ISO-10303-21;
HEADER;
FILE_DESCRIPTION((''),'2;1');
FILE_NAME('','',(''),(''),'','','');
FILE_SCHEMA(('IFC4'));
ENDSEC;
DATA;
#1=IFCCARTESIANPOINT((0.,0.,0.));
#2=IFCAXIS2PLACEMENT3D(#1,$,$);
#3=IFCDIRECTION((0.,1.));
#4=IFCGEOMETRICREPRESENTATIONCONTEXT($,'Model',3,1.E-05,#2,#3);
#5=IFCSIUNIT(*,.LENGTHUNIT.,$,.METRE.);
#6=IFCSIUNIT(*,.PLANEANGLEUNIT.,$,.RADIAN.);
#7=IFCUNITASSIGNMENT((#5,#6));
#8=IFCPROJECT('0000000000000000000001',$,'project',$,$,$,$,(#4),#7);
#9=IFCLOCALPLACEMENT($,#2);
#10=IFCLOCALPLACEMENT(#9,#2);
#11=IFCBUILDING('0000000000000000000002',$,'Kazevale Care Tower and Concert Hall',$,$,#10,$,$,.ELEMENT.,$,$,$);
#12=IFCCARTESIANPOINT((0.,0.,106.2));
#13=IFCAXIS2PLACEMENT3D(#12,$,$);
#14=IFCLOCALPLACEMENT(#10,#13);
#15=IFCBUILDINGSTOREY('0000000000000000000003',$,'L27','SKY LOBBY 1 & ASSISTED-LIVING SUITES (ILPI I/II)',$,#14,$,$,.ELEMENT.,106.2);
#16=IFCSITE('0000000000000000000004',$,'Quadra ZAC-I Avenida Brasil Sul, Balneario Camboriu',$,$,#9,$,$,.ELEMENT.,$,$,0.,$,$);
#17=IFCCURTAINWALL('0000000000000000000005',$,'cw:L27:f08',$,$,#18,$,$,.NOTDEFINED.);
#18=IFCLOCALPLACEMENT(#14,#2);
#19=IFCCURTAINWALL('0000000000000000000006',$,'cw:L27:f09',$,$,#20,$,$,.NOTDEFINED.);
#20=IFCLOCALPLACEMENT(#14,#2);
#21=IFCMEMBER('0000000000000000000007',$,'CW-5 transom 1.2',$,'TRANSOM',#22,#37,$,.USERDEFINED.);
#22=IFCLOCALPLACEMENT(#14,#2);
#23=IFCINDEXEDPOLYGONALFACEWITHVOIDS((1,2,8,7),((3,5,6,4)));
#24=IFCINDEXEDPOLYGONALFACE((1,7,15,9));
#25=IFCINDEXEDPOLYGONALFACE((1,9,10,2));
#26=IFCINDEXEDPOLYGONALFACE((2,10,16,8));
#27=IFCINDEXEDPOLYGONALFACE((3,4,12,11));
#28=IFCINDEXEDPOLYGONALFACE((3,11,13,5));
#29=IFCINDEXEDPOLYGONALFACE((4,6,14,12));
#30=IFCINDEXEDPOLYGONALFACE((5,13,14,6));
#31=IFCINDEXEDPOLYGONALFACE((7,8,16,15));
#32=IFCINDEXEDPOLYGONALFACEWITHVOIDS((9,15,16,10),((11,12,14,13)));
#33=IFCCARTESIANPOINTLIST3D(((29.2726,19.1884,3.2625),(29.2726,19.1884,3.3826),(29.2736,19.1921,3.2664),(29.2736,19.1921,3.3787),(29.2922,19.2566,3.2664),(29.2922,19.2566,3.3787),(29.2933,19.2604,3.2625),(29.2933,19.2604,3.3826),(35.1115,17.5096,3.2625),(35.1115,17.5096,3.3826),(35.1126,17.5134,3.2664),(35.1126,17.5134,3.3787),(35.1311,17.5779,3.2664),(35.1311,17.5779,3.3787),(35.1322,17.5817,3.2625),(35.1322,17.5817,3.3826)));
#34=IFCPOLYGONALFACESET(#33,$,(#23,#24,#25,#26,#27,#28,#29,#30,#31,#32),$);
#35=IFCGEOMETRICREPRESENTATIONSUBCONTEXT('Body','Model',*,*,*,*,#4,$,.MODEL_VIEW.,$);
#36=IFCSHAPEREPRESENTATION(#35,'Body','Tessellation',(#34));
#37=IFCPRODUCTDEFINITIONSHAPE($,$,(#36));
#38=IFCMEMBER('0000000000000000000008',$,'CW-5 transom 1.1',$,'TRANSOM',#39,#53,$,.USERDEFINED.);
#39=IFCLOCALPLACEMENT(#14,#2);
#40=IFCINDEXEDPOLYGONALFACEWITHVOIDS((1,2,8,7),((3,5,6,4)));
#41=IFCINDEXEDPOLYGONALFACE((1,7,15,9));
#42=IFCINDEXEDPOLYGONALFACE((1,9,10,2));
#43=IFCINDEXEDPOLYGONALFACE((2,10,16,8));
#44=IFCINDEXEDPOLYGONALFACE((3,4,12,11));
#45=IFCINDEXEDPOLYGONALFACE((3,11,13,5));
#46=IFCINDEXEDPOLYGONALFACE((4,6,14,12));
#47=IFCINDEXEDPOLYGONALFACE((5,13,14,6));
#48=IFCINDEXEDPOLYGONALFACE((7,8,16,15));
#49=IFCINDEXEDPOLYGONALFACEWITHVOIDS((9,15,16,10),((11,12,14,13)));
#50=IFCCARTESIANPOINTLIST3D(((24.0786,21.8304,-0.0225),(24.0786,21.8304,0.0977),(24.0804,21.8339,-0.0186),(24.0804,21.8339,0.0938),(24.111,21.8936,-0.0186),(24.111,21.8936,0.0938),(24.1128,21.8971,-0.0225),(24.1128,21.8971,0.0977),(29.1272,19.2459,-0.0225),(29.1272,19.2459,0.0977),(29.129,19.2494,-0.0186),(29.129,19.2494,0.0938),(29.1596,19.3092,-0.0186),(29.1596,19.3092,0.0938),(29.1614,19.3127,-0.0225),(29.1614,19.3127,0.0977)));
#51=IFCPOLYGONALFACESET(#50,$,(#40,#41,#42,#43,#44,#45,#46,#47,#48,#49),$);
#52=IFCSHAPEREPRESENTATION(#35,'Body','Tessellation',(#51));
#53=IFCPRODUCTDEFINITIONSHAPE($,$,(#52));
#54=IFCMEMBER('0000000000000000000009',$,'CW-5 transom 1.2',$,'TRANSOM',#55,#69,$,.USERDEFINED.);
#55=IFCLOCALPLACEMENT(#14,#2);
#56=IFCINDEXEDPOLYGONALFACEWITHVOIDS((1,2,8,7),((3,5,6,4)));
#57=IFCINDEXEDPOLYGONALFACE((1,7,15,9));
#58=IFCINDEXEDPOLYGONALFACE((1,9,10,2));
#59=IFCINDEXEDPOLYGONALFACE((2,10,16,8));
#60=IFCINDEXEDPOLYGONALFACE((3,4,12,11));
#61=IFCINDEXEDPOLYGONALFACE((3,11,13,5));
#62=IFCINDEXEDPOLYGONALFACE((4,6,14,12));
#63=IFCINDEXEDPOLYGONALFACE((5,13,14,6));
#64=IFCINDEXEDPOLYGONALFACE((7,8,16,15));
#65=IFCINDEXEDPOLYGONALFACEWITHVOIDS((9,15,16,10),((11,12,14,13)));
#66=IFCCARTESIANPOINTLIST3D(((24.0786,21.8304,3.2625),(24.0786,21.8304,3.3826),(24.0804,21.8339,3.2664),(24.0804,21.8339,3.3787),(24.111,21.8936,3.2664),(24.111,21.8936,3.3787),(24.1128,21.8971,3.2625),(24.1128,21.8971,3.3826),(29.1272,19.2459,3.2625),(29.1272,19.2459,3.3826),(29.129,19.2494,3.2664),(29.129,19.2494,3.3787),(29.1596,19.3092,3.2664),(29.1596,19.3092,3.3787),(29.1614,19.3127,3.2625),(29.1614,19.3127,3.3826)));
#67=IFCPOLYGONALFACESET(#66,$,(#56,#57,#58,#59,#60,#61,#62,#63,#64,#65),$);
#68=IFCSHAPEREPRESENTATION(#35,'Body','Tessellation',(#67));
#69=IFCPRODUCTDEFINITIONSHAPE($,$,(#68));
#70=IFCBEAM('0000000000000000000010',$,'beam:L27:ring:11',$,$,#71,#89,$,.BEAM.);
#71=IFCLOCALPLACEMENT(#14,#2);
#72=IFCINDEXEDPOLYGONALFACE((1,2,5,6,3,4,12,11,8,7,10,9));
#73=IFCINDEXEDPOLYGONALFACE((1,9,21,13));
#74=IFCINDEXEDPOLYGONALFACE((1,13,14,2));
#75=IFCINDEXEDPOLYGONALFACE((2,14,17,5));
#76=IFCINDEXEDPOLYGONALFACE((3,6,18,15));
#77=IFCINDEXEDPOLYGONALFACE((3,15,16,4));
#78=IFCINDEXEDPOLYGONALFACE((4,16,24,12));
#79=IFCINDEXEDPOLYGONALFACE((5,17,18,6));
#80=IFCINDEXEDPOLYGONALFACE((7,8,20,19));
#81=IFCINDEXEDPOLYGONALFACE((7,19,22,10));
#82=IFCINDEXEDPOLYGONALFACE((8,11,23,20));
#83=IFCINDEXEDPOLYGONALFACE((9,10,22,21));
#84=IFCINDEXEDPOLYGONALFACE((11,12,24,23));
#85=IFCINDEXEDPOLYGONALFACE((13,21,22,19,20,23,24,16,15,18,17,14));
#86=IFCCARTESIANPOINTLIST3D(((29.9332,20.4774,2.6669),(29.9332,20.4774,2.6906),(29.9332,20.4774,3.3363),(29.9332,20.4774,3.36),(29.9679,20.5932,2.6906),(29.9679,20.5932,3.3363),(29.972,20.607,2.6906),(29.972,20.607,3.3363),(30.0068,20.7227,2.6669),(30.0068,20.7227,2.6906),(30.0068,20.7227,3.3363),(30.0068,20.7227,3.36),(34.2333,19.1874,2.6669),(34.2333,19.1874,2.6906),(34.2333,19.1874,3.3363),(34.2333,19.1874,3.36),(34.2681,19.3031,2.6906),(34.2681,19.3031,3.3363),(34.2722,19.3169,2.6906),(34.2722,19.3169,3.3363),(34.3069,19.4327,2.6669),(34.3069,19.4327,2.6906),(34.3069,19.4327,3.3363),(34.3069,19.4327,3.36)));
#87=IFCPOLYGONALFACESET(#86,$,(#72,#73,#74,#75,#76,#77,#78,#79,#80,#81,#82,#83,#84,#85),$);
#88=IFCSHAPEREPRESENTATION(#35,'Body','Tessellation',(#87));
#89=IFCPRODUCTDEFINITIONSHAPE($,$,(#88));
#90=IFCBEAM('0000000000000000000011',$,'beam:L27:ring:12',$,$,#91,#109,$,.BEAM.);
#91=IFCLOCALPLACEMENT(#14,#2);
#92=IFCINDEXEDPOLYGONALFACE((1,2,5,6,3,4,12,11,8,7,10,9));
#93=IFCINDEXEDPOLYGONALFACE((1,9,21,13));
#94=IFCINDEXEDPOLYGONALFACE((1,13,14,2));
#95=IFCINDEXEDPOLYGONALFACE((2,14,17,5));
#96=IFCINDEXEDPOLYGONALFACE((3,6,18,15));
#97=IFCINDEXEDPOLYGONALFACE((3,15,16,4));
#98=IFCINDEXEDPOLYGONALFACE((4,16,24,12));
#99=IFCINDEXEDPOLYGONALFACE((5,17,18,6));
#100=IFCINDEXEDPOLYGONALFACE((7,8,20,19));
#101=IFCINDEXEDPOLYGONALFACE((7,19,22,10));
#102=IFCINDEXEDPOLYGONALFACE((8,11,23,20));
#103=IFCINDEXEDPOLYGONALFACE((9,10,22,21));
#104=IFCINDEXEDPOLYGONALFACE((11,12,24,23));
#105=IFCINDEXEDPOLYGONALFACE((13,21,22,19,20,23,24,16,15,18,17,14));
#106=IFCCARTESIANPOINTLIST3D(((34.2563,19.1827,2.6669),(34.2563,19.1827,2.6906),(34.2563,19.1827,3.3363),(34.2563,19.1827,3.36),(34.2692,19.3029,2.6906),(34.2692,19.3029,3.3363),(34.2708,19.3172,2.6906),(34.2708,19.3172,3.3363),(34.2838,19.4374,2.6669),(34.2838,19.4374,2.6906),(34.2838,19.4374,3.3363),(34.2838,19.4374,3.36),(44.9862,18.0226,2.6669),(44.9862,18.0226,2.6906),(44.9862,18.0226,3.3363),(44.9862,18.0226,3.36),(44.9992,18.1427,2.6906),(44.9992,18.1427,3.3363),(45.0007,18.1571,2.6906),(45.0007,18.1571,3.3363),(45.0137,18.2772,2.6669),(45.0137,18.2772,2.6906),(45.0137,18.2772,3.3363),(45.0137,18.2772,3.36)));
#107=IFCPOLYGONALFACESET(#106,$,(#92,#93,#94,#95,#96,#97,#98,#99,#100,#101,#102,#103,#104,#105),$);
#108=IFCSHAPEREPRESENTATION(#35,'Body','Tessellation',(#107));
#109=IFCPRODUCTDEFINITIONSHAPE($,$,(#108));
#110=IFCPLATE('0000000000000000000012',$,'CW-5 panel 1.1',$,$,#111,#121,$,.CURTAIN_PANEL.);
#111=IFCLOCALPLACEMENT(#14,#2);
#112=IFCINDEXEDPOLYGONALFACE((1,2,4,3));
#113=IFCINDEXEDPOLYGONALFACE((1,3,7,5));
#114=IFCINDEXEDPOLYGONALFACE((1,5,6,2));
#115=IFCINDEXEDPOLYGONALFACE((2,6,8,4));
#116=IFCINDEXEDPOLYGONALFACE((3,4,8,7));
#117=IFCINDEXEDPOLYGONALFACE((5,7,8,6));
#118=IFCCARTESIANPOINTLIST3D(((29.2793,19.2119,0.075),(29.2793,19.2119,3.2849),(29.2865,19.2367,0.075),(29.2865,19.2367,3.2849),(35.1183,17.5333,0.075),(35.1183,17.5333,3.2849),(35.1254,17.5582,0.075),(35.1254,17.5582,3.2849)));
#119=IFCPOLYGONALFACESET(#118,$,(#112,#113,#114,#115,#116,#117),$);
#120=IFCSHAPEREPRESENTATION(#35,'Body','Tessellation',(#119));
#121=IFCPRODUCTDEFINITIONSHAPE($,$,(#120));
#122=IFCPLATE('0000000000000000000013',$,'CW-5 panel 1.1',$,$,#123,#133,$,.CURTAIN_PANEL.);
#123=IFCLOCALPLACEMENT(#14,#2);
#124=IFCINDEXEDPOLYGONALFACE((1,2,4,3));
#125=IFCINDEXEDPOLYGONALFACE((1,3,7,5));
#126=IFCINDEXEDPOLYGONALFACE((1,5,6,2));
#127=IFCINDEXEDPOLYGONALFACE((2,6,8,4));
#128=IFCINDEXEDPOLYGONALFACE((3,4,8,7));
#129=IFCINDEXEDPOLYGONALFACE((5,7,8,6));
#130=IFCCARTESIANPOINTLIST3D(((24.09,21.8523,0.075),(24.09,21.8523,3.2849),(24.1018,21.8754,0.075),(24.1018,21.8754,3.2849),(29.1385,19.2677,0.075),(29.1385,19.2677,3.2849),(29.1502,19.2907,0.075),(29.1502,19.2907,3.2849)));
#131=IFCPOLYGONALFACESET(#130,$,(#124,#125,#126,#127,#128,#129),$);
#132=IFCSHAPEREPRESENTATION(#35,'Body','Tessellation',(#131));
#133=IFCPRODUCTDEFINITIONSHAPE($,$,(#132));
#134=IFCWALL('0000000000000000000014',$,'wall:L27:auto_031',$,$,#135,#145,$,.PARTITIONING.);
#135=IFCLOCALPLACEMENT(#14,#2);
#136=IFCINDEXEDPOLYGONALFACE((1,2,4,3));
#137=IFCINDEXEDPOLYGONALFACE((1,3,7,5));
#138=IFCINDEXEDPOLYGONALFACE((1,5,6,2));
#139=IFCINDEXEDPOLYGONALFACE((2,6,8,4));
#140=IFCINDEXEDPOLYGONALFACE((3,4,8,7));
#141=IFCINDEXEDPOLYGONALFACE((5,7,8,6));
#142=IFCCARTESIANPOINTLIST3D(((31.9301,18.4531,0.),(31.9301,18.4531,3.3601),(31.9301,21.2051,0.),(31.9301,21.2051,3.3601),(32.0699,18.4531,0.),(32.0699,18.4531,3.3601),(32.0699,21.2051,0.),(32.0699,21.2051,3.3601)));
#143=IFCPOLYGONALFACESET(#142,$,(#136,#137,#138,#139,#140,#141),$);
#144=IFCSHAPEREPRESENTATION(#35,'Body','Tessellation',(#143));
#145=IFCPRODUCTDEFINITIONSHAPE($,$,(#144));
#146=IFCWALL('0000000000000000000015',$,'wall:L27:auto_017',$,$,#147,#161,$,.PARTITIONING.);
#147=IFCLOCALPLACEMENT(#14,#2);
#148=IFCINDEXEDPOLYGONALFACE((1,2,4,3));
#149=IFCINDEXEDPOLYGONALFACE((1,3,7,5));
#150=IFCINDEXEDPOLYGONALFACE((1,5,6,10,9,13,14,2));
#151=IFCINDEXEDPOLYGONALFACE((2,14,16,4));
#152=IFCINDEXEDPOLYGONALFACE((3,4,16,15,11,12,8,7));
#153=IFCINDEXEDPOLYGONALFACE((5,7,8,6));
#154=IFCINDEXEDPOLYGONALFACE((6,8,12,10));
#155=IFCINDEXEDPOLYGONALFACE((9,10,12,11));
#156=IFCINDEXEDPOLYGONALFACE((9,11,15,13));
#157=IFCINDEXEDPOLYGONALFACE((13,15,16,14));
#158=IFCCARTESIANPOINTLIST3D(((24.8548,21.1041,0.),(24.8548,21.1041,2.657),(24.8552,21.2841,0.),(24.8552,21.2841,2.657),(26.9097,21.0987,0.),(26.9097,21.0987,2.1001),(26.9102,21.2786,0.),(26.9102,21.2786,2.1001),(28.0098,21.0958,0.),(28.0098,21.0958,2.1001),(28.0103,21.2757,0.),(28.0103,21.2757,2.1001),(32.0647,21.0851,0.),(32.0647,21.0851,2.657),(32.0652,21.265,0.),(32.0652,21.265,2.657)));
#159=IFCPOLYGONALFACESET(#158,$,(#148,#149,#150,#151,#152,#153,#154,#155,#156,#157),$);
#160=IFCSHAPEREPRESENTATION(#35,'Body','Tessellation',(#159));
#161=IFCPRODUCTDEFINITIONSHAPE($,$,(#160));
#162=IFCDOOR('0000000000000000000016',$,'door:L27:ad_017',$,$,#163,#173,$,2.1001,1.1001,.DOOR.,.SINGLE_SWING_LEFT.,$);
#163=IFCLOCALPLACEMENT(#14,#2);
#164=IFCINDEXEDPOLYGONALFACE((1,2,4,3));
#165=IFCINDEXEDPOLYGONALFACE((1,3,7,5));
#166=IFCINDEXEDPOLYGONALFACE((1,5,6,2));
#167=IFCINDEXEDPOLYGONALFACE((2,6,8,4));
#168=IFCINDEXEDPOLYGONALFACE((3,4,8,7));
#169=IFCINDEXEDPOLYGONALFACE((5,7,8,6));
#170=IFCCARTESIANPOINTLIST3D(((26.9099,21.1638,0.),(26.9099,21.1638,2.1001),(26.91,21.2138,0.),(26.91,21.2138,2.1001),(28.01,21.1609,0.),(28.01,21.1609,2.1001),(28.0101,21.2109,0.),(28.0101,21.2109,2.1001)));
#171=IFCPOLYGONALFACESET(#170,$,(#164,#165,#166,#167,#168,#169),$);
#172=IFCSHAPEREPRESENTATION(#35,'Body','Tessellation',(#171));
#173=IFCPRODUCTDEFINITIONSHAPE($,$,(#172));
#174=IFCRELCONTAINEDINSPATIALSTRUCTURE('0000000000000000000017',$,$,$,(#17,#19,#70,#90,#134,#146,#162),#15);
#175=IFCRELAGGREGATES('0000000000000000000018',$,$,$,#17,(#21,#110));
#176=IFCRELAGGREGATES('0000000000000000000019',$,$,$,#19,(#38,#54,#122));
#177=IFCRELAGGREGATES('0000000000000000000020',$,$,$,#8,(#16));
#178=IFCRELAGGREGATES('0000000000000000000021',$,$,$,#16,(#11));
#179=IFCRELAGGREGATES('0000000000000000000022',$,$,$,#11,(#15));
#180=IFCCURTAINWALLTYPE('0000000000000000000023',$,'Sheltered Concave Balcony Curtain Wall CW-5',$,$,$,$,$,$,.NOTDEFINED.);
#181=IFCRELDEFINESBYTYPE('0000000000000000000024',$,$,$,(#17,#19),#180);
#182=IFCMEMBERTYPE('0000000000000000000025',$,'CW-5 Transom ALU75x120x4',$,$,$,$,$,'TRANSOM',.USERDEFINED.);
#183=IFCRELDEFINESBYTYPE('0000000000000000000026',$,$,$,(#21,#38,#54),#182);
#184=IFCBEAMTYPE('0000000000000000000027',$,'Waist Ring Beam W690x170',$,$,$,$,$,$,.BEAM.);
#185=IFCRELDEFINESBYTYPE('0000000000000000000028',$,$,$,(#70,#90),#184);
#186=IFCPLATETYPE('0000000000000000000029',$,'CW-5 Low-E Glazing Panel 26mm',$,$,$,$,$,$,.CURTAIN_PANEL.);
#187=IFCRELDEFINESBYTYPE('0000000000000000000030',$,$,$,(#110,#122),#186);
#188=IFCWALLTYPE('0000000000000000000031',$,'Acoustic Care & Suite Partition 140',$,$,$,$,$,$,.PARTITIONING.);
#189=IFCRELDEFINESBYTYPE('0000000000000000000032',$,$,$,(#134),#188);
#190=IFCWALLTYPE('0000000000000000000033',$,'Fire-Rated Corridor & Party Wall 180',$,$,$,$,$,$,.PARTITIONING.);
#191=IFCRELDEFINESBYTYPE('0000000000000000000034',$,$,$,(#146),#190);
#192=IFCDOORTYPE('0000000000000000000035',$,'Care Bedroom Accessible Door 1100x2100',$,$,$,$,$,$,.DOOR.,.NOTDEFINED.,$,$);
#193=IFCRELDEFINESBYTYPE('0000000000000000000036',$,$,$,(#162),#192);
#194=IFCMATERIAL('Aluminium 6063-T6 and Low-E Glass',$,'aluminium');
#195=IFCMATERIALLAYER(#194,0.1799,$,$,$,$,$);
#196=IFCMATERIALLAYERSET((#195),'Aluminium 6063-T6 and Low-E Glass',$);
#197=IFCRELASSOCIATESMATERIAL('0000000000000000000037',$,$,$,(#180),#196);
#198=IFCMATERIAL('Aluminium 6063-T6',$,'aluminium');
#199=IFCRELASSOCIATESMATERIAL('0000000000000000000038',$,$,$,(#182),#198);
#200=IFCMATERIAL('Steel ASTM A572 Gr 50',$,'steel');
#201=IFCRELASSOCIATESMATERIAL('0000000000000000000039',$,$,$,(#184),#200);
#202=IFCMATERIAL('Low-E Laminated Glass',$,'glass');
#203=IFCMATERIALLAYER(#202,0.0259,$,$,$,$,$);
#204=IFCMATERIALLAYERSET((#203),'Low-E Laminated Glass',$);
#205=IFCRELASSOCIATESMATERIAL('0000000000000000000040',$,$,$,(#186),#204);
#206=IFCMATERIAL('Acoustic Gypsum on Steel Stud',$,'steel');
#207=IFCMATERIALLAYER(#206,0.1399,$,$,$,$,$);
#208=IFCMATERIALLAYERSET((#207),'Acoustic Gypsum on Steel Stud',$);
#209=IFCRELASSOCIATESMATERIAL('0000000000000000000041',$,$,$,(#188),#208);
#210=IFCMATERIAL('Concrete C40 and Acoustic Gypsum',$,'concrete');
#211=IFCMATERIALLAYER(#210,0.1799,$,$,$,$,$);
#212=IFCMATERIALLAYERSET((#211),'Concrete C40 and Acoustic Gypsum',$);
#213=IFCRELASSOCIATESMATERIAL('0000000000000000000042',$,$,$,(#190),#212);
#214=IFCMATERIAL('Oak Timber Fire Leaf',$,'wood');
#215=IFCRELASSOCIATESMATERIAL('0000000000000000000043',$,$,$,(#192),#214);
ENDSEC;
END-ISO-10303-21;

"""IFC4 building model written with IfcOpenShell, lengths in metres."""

from ifc_helpers import new_model, si_unit, direction, frame, frame_2d, origin, origin_2d, place, context, subcontext, project, spatial, rectangle, hollow_rectangle, i_section, extrude, material, layer, layer_set, material_profile, profile_set, type_object, element, fill, aggregate, save


model = new_model("IFC4")

# Units and contexts
model_context = context("Model", 3, precision=1e-05, world=origin(), true_north=direction((0.0, 1.0)))
body_context = subcontext(model_context, "Body", "Model", "MODEL_VIEW")
ifc_project = project(units=[si_unit("LENGTHUNIT", "METRE"), si_unit("PLANEANGLEUNIT", "RADIAN")], contexts=[model_context])

# Site, building, storey
site_placement = place(None, origin())
site = spatial("IfcSite", under=ifc_project, at=site_placement, Name="Quadra ZAC-I Avenida Brasil Sul, Balneario Camboriu", CompositionType="ELEMENT", RefElevation=0.0)
building_placement = place(site_placement, origin())
building = spatial("IfcBuilding", under=site, at=building_placement, Name="Kazevale Care Tower and Concert Hall", CompositionType="ELEMENT")
storey_placement = place(building_placement, frame((0.0, 0.0, 106.2)))
storey = spatial("IfcBuildingStorey", under=building, at=storey_placement, Name="L27", Description="SKY LOBBY 1 & ASSISTED-LIVING SUITES (ILPI I/II)", CompositionType="ELEMENT", Elevation=106.2)

# Shared definitions
ifc_material_1 = material(Name="Aluminium 6063-T6 and Low-E Glass", Category="aluminium")
ifc_layer_1 = layer(ifc_material_1, 0.1799)
ifc_layer_set_1 = layer_set([ifc_layer_1], Name="Aluminium 6063-T6 and Low-E Glass")
curtain_wall_type = type_object("IfcCurtainWallType", Name="Sheltered Concave Balcony Curtain Wall CW-5", PredefinedType="NOTDEFINED", material=ifc_layer_set_1)
ifc_material_2 = material(Name="Aluminium 6063-T6", Category="aluminium")

# Curtain wall
curtain_wall_1_placement = place(storey_placement, origin())
curtain_wall_1 = element("IfcCurtainWall", 1, at=curtain_wall_1_placement, inside=storey, type_object=curtain_wall_type, Name="cw:L27:f08", PredefinedType="NOTDEFINED")

# Curtain wall
curtain_wall_2_placement = place(storey_placement, origin())
curtain_wall_2 = element("IfcCurtainWall", 2, at=curtain_wall_2_placement, inside=storey, type_object=curtain_wall_type, Name="cw:L27:f09", PredefinedType="NOTDEFINED")

# Members
ifc_material_profile_1 = material_profile(ifc_material_2, hollow_rectangle(XDim=0.075, YDim=0.1201, WallThickness=0.0039, at=origin_2d()), Name="ALU75x120x4")
ifc_profile_set_1 = profile_set([ifc_material_profile_1], Name="Aluminium 6063-T6")
member_type_1 = type_object("IfcMemberType", Name="CW-5 Transom ALU75x120x4", ElementType="TRANSOM", PredefinedType="USERDEFINED", material=ifc_profile_set_1)
member_1_placement = place(storey_placement, frame((35.1218, 17.5457, 3.3225), z_axis=(-0.961068, 0.276313, 0.0), x_axis=(-0.276313, -0.961068, 0.0)))
member_1 = element("IfcMember", 3, at=member_1_placement, type_object=member_type_1, Name="CW-5 transom 1.2", ObjectType="TRANSOM", PredefinedType="USERDEFINED", context=body_context, shape_type="SweptSolid", body=[
    extrude(hollow_rectangle(XDim=0.075, YDim=0.1201, WallThickness=0.0039, at=origin_2d()), origin(), (0.0, 0.0, 1.0), 6.0754),
])
member_2_placement = place(storey_placement, frame((29.1443, 19.2793, 0.0376), z_axis=(-0.890143, 0.455682, 0.0), x_axis=(-0.455682, -0.890143, 0.0)))
member_2 = element("IfcMember", 4, at=member_2_placement, type_object=member_type_1, Name="CW-5 transom 1.1", ObjectType="TRANSOM", PredefinedType="USERDEFINED", context=body_context, shape_type="SweptSolid", body=[
    extrude(hollow_rectangle(XDim=0.075, YDim=0.1201, WallThickness=0.0039, at=origin_2d()), origin(), (0.0, 0.0, 1.0), 5.6716),
])
member_3_placement = place(storey_placement, frame((29.1443, 19.2793, 3.3225), z_axis=(-0.890143, 0.455682, 0.0), x_axis=(-0.455682, -0.890143, 0.0)))
member_3 = element("IfcMember", 5, at=member_3_placement, type_object=member_type_1, Name="CW-5 transom 1.2", ObjectType="TRANSOM", PredefinedType="USERDEFINED", context=body_context, shape_type="SweptSolid", body=[
    extrude(hollow_rectangle(XDim=0.075, YDim=0.1201, WallThickness=0.0039, at=origin_2d()), origin(), (0.0, 0.0, 1.0), 5.6716),
])

# Beams
ifc_material_3 = material(Name="Steel ASTM A572 Gr 50", Category="steel")
ifc_material_profile_2 = material_profile(ifc_material_3, i_section(OverallWidth=0.2561, OverallDepth=0.6931, WebThickness=0.0144, FlangeThickness=0.0237, at=origin_2d()), Name="W690x170")
ifc_profile_set_2 = profile_set([ifc_material_profile_2], Name="Steel ASTM A572 Gr 50")
beam_type = type_object("IfcBeamType", Name="Waist Ring Beam W690x170", PredefinedType="BEAM", material=ifc_profile_set_2)
beam_1_placement = place(storey_placement, frame((29.97, 20.6001, 3.0134), z_axis=(0.957825, -0.287353, 0.0), x_axis=(0.287353, 0.957825, 0.0)))
element("IfcBeam", 6, at=beam_1_placement, inside=storey, type_object=beam_type, Name="beam:L27:ring:11", PredefinedType="BEAM", context=body_context, shape_type="SweptSolid", body=[
    extrude(i_section(OverallWidth=0.2561, OverallDepth=0.6931, WebThickness=0.0144, FlangeThickness=0.0237, at=origin_2d()), origin(), (0.0, 0.0, 1.0), 4.4895),
])
beam_2_placement = place(storey_placement, frame((34.27, 19.3101, 3.0134), z_axis=(0.994205, -0.107496, 0.0), x_axis=(0.107496, 0.994205, 0.0)))
element("IfcBeam", 7, at=beam_2_placement, inside=storey, type_object=beam_type, Name="beam:L27:ring:12", PredefinedType="BEAM", context=body_context, shape_type="SweptSolid", body=[
    extrude(i_section(OverallWidth=0.2561, OverallDepth=0.6931, WebThickness=0.0144, FlangeThickness=0.0237, at=origin_2d()), origin(), (0.0, 0.0, 1.0), 10.7925),
])

# Plates
ifc_material_4 = material(Name="Low-E Laminated Glass", Category="glass")
ifc_layer_2 = layer(ifc_material_4, 0.0259)
ifc_layer_set_2 = layer_set([ifc_layer_2], Name="Low-E Laminated Glass")
plate_type = type_object("IfcPlateType", Name="CW-5 Low-E Glazing Panel 26mm", PredefinedType="CURTAIN_PANEL", material=ifc_layer_set_2)
plate_1_placement = place(storey_placement, frame((32.2024, 18.385, 0.075), z_axis=(0.0, 0.0, 1.0), x_axis=(-0.961074, 0.276291, 0.0)))
plate_1 = element("IfcPlate", 8, at=plate_1_placement, type_object=plate_type, Name="CW-5 panel 1.1", PredefinedType="CURTAIN_PANEL", context=body_context, shape_type="SweptSolid", body=[
    extrude(rectangle(XDim=6.0754, YDim=0.0259, at=origin_2d()), origin(), (0.0, 0.0, 1.0), 3.21),
])
aggregate(curtain_wall_1, [member_1, plate_1])
plate_2_placement = place(storey_placement, frame((26.6201, 20.5715, 0.075), z_axis=(0.0, 0.0, 1.0), x_axis=(-0.890127, 0.455713, 0.0)))
plate_2 = element("IfcPlate", 9, at=plate_2_placement, type_object=plate_type, Name="CW-5 panel 1.1", PredefinedType="CURTAIN_PANEL", context=body_context, shape_type="SweptSolid", body=[
    extrude(rectangle(XDim=5.6716, YDim=0.0259, at=origin_2d()), origin(), (0.0, 0.0, 1.0), 3.21),
])
aggregate(curtain_wall_2, [member_2, member_3, plate_2])

# Wall
ifc_material_5 = material(Name="Acoustic Gypsum on Steel Stud", Category="steel")
ifc_layer_3 = layer(ifc_material_5, 0.1399)
ifc_layer_set_3 = layer_set([ifc_layer_3], Name="Acoustic Gypsum on Steel Stud")
wall_type_1 = type_object("IfcWallType", Name="Acoustic Care & Suite Partition 140", PredefinedType="PARTITIONING", material=ifc_layer_set_3)
wall_1_placement = place(storey_placement, frame((32.0, 21.2051, 0.0), z_axis=(0.0, 0.0, 1.0), x_axis=(0.0, -1.0, 0.0)))
element("IfcWall", 10, at=wall_1_placement, inside=storey, type_object=wall_type_1, Name="wall:L27:auto_031", PredefinedType="PARTITIONING", context=body_context, shape_type="SweptSolid", body=[
    extrude(rectangle(XDim=2.752, YDim=0.1399, at=frame_2d((1.376, 0.0))), origin(), (0.0, 0.0, 1.0), 3.3601),
])

# Wall, opening, door
ifc_material_6 = material(Name="Concrete C40 and Acoustic Gypsum", Category="concrete")
ifc_layer_4 = layer(ifc_material_6, 0.1799)
ifc_layer_set_4 = layer_set([ifc_layer_4], Name="Concrete C40 and Acoustic Gypsum")
wall_type_2 = type_object("IfcWallType", Name="Fire-Rated Corridor & Party Wall 180", PredefinedType="PARTITIONING", material=ifc_layer_set_4)
wall_2_placement = place(storey_placement, frame((32.0649, 21.175, 0.0), z_axis=(0.0, 0.0, 1.0), x_axis=(-0.999997, 0.002641, 0.0)))
wall_2 = element("IfcWall", 11, at=wall_2_placement, inside=storey, type_object=wall_type_2, Name="wall:L27:auto_017", PredefinedType="PARTITIONING", context=body_context, shape_type="SweptSolid", body=[
    extrude(rectangle(XDim=7.21, YDim=0.1799, at=frame_2d((3.605, 0.0))), origin(), (0.0, 0.0, 1.0), 2.657),
])
opening_placement = place(wall_2_placement, frame((4.0549, 0.0, 0.0)))
opening = element("IfcOpeningElement", 12, at=opening_placement, cuts=wall_2, PredefinedType="OPENING", context=body_context, shape_type="SweptSolid", body=[
    extrude(rectangle(XDim=1.1001, YDim=2.1001, at=frame_2d((0.55, 1.05))), frame((0.0, 0.0999, 0.0), z_axis=(0.0, -1.0, 0.0), x_axis=(1.0, 0.0, 0.0)), (0.0, 0.0, 1.0), 0.2),
])
ifc_material_7 = material(Name="Oak Timber Fire Leaf", Category="wood")
door_type = type_object("IfcDoorType", Name="Care Bedroom Accessible Door 1100x2100", OperationType="NOTDEFINED", PredefinedType="DOOR", material=ifc_material_7)
door_placement = place(opening_placement, origin())
door = element("IfcDoor", 13, at=door_placement, inside=storey, type_object=door_type, Name="door:L27:ad_017", OperationType="SINGLE_SWING_LEFT", OverallHeight=2.1001, OverallWidth=1.1001, PredefinedType="DOOR", context=body_context, shape_type="SweptSolid", body=[
    extrude(rectangle(XDim=1.1001, YDim=2.1001, at=frame_2d((0.55, 1.05))), frame((0.0, 0.0249, 0.0), z_axis=(0.0, -1.0, 0.0), x_axis=(1.0, 0.0, 0.0)), (0.0, 0.0, 1.0), 0.05),
])
fill(opening, door)

save(model, "model.ifc")
